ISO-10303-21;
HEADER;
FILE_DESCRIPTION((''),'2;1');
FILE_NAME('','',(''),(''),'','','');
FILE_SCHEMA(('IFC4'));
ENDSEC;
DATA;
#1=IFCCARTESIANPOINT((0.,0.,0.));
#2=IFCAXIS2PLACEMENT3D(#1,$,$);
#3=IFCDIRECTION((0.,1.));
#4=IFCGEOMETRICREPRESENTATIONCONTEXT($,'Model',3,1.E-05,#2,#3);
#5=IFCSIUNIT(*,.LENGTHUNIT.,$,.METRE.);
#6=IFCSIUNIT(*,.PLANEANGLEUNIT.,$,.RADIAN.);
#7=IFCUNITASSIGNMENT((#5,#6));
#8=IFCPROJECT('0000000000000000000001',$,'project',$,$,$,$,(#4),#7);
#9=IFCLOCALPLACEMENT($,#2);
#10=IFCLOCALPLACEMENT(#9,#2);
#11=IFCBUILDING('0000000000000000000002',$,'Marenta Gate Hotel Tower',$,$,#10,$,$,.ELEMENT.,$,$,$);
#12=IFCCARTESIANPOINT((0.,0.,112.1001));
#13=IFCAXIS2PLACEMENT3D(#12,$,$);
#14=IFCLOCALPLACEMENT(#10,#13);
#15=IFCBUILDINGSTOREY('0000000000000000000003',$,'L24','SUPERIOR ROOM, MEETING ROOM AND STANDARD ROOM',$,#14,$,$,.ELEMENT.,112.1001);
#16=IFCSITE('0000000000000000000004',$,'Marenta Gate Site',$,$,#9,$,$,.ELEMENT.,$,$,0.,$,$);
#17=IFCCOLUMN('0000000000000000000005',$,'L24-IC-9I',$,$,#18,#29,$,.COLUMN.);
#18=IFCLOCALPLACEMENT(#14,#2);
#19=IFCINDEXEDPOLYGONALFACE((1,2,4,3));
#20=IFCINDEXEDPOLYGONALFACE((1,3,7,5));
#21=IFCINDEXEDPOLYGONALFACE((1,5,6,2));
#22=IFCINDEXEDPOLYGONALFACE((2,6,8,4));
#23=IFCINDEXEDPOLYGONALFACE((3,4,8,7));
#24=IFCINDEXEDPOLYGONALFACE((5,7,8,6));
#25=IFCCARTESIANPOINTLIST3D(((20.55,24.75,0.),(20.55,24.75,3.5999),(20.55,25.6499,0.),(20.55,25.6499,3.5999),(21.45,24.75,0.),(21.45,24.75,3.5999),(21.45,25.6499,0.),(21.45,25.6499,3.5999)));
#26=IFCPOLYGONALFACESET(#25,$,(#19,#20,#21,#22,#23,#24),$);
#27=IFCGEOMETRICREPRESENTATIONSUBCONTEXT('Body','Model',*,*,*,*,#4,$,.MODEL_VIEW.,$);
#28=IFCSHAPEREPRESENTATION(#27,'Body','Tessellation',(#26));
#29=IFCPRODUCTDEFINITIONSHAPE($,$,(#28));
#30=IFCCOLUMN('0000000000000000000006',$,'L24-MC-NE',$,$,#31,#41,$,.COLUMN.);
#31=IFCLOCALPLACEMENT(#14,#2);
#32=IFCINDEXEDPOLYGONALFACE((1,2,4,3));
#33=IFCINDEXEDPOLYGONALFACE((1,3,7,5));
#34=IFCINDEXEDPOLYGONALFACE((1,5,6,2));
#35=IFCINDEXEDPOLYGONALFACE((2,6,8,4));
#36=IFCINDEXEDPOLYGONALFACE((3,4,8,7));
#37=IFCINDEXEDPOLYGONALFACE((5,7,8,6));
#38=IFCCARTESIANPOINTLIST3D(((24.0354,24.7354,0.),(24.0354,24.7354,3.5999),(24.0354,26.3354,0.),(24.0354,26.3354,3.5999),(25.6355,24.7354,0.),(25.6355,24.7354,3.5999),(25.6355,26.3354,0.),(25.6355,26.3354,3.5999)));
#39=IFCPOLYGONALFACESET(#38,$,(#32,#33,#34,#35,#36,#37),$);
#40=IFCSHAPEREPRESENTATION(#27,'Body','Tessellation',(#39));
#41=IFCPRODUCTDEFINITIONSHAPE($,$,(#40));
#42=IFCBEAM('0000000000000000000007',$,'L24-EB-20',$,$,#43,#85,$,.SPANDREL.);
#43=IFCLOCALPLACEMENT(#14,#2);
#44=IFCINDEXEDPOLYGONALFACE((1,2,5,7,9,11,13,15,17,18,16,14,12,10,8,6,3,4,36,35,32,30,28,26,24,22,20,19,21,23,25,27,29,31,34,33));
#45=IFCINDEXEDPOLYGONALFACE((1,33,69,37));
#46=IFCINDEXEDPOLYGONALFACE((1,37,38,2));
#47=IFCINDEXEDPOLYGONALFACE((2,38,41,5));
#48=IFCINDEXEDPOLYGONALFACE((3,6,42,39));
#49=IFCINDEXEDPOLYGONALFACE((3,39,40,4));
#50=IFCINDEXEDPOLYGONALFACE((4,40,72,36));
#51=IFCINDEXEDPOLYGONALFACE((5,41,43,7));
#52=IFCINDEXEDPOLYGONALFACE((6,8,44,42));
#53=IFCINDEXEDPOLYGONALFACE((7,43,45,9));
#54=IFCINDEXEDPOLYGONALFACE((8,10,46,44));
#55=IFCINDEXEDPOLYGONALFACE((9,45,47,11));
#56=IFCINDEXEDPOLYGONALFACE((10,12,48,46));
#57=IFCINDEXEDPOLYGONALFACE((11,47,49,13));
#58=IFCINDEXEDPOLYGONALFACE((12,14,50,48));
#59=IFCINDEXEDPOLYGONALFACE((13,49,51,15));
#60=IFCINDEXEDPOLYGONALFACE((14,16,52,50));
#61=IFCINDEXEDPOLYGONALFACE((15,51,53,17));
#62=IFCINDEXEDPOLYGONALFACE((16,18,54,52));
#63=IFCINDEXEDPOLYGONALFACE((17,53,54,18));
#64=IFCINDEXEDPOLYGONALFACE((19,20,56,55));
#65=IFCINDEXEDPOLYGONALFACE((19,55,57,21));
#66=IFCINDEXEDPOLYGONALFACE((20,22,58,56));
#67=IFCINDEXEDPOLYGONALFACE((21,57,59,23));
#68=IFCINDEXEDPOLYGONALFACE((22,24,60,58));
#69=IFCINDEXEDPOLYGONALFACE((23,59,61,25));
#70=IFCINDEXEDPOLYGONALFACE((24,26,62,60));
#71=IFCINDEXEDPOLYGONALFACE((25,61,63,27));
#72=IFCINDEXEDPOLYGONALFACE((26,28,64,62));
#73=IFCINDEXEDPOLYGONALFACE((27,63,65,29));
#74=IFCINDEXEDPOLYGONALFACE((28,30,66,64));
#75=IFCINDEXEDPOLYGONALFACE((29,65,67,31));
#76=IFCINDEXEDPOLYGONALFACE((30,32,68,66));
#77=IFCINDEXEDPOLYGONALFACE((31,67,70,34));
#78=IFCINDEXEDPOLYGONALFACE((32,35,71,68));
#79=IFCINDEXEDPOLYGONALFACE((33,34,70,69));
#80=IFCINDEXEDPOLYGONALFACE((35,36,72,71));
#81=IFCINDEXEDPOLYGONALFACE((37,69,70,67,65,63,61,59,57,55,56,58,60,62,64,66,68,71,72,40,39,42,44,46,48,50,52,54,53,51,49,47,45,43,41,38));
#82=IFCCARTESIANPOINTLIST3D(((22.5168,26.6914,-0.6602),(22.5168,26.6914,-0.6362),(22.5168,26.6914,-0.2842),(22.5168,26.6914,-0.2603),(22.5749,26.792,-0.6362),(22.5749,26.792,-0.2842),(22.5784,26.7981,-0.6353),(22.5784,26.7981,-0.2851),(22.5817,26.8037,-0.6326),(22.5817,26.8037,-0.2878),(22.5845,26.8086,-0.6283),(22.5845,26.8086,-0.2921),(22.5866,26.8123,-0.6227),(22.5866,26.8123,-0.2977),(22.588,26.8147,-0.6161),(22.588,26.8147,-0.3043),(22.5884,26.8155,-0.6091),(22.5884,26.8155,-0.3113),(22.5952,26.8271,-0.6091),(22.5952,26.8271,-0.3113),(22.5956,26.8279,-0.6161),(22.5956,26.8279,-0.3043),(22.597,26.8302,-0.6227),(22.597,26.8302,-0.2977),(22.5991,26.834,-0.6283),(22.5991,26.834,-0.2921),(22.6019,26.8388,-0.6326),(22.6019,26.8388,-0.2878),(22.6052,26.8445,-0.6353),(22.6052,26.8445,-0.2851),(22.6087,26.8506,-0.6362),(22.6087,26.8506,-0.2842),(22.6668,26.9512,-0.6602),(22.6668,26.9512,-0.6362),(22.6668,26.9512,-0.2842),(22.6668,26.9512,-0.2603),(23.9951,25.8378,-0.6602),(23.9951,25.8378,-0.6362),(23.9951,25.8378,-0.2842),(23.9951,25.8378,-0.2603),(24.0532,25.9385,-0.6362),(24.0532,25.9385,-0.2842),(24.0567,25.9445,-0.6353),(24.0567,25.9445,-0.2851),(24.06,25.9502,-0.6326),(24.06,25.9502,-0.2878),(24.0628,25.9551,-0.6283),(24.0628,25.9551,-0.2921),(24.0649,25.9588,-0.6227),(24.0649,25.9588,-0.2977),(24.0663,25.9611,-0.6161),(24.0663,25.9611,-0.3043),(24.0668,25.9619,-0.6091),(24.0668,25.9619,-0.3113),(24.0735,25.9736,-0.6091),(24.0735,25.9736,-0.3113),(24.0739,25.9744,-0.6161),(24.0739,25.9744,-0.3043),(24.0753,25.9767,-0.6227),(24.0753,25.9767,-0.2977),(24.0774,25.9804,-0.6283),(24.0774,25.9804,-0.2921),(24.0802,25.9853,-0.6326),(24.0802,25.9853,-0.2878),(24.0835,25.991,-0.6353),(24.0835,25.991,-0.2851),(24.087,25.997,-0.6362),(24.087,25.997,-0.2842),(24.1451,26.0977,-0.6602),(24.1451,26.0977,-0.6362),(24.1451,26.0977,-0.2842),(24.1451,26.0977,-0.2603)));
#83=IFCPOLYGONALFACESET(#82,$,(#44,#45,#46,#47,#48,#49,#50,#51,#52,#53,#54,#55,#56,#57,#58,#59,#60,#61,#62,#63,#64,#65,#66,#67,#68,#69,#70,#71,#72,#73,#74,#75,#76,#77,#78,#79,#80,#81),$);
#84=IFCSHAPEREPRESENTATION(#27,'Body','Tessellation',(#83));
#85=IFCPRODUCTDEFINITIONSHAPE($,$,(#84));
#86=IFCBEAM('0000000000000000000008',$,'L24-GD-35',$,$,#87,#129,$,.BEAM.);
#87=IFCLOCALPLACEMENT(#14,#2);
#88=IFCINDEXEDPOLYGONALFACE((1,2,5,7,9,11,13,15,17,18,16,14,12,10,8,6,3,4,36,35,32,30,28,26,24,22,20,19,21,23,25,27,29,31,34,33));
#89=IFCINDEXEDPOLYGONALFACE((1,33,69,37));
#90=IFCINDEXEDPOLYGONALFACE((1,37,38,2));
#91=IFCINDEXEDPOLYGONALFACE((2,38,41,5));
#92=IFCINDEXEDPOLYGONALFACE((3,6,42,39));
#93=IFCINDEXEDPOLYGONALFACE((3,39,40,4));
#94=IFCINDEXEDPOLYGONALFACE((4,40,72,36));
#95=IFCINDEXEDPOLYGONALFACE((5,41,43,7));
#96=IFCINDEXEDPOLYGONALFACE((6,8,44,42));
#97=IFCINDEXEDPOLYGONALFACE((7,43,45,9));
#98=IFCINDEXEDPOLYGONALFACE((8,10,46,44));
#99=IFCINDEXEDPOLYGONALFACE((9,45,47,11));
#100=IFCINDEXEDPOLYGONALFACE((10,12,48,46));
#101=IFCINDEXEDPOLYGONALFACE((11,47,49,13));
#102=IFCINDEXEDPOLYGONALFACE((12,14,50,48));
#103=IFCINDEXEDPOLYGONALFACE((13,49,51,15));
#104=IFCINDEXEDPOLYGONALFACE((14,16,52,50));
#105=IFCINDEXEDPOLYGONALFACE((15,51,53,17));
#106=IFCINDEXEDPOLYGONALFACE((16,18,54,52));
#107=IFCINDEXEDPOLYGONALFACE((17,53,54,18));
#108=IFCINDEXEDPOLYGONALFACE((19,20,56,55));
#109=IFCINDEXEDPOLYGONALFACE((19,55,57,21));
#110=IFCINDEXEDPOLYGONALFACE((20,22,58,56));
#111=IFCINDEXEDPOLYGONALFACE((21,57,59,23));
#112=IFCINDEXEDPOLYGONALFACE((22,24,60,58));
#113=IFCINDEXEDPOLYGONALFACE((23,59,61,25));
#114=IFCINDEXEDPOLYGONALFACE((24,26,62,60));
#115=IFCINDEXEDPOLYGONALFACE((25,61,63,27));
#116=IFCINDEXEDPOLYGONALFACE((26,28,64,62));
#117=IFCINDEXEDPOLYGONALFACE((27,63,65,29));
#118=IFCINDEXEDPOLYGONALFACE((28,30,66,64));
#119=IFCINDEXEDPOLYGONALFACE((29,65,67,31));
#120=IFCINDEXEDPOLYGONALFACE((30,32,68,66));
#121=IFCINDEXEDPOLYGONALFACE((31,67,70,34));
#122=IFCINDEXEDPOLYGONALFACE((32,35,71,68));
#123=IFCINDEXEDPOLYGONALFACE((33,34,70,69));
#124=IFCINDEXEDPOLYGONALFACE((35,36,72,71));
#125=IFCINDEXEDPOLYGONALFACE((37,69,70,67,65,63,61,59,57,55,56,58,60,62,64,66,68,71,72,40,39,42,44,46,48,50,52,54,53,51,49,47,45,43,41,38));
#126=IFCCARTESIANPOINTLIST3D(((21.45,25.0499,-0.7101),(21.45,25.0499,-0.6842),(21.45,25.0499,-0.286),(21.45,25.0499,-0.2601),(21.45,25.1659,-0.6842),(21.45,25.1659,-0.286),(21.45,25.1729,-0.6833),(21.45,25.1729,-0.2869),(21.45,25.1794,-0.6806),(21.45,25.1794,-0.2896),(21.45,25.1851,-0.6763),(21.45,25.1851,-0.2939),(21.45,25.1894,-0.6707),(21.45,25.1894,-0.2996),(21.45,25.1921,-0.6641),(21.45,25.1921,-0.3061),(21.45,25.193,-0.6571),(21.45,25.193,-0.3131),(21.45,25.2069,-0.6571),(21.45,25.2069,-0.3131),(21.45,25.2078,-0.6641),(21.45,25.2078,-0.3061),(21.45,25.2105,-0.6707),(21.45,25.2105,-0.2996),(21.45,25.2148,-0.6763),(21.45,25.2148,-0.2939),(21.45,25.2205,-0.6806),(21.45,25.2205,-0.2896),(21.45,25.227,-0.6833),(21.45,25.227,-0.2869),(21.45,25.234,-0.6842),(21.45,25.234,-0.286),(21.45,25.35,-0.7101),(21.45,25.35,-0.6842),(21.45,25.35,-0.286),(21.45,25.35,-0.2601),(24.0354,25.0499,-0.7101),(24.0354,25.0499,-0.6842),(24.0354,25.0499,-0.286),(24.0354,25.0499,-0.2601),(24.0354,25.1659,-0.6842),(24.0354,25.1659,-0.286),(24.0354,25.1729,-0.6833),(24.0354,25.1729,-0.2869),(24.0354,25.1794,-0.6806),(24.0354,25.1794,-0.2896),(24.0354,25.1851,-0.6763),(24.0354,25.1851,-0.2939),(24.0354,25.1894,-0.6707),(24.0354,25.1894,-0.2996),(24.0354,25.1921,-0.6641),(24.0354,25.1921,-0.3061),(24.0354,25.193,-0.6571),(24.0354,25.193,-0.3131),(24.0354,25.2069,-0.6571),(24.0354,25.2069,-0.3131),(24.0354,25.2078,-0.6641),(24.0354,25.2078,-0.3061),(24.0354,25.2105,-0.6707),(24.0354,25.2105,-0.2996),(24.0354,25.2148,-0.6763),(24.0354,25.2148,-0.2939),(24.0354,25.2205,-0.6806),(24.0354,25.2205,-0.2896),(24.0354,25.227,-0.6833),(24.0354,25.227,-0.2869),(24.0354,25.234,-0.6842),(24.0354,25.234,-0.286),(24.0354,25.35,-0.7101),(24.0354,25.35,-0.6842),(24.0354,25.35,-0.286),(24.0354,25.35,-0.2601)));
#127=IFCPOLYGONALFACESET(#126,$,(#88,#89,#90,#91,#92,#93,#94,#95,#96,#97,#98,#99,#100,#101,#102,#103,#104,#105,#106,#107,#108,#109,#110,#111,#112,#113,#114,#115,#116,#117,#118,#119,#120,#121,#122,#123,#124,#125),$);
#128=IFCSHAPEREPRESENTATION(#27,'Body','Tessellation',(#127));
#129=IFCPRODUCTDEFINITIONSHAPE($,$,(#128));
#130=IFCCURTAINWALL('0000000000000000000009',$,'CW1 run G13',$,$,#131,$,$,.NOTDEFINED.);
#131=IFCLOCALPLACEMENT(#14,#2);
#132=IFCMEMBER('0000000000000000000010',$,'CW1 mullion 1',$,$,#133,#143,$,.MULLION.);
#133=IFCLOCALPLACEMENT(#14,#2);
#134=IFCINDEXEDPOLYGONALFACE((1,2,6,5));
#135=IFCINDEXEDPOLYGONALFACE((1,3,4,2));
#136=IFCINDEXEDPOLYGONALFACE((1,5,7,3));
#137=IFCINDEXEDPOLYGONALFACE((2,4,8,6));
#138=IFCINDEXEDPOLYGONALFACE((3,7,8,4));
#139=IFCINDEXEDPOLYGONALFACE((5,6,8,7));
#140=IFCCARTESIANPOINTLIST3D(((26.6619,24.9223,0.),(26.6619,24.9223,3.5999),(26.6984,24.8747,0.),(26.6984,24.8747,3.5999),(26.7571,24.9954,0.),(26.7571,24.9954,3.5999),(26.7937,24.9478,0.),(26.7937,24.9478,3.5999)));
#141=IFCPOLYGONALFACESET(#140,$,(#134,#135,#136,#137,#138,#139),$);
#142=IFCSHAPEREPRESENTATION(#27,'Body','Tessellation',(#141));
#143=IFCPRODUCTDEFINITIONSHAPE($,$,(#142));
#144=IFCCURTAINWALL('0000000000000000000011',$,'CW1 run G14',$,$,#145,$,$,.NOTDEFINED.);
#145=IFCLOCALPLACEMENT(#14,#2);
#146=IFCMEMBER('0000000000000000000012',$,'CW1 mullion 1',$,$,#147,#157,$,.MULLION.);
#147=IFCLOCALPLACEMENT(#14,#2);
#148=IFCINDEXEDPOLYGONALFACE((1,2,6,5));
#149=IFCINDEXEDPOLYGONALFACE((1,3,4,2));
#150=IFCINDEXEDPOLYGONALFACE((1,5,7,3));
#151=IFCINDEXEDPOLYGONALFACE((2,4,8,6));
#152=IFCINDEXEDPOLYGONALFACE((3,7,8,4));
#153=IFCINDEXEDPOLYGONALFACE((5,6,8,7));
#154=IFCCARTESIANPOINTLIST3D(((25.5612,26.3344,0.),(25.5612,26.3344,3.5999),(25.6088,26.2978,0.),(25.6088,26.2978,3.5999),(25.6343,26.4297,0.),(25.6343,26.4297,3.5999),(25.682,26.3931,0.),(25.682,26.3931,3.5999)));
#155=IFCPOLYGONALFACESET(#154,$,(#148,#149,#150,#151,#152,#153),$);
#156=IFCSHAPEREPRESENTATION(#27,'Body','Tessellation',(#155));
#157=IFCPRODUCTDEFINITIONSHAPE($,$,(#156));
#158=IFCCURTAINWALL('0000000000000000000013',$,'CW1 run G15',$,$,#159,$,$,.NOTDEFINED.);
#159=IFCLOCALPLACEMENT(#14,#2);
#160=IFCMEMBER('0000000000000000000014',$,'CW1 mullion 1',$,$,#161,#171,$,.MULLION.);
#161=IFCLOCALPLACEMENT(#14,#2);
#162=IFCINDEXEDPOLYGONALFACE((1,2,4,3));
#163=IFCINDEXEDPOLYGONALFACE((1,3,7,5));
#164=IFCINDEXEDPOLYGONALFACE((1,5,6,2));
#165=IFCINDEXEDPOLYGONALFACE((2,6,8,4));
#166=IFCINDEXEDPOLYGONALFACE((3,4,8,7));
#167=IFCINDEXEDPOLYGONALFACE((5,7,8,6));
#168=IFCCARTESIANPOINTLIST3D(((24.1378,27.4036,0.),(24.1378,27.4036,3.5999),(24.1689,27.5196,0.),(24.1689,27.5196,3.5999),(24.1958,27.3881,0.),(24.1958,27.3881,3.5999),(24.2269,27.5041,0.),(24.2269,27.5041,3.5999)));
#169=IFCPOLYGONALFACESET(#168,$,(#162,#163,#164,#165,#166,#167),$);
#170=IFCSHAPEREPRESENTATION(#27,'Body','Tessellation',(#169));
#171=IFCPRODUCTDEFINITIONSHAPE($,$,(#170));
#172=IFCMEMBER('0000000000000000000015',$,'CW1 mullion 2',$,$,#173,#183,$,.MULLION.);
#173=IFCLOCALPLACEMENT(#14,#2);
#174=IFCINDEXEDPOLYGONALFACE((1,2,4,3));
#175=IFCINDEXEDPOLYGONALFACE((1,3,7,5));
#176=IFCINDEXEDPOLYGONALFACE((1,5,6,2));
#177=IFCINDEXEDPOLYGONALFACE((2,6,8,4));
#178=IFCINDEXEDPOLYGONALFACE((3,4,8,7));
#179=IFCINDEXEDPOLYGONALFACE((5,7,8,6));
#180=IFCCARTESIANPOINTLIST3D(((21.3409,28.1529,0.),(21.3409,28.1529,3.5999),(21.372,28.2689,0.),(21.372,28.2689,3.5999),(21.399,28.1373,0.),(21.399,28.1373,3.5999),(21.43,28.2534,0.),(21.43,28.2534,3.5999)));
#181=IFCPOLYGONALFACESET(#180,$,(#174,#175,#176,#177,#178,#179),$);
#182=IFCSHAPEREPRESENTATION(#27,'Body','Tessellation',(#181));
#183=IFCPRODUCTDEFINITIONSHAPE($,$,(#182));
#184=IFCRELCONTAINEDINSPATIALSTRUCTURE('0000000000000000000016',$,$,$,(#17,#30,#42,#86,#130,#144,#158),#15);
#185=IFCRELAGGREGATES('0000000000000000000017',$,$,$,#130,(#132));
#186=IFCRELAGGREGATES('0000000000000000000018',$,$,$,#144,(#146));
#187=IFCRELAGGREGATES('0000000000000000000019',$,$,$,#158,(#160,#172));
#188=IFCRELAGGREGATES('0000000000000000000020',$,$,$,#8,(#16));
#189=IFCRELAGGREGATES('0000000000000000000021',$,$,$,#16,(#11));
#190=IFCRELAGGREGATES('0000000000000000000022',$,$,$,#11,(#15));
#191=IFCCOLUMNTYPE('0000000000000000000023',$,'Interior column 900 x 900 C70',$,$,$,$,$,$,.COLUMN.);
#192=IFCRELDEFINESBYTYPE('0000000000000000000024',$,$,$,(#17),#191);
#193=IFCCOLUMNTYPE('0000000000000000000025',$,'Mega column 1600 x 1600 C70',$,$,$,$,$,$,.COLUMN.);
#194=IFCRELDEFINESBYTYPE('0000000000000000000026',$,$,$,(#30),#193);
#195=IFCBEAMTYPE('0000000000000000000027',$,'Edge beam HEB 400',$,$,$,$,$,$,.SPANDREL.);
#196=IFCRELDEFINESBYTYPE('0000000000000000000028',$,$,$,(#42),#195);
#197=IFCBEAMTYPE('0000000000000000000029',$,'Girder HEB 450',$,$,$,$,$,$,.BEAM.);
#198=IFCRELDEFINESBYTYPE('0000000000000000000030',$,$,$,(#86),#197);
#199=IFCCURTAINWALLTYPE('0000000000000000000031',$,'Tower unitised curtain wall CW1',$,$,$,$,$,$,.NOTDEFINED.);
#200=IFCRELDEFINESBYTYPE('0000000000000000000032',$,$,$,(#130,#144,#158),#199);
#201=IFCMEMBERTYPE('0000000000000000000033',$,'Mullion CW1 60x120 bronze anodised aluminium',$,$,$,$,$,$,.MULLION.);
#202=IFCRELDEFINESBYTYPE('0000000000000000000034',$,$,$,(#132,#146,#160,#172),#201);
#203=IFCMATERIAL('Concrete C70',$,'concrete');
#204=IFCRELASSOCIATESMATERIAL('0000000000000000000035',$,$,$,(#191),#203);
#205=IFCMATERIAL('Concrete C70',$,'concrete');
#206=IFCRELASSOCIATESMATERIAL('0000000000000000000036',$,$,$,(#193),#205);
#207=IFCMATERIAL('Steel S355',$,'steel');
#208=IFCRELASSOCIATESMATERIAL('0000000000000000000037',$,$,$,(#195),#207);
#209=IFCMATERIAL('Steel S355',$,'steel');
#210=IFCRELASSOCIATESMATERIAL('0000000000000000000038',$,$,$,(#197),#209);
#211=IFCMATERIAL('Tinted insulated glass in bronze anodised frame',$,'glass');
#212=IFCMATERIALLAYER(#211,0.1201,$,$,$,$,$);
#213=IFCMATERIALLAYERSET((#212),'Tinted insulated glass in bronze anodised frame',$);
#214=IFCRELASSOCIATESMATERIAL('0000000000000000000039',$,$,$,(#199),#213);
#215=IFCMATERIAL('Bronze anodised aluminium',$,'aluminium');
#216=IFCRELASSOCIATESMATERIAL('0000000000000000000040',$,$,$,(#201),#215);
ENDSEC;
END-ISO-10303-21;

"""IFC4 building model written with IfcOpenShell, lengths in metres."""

from ifc_helpers import new_model, si_unit, direction, frame, origin, origin_2d, place, context, subcontext, project, spatial, rectangle, i_section, extrude, material, layer, layer_set, material_profile, profile_set, type_object, element, aggregate, save


model = new_model("IFC4")

# Units and contexts
model_context = context("Model", 3, precision=1e-05, world=origin(), true_north=direction((0.0, 1.0)))
body_context = subcontext(model_context, "Body", "Model", "MODEL_VIEW")
ifc_project = project(units=[si_unit("LENGTHUNIT", "METRE"), si_unit("PLANEANGLEUNIT", "RADIAN")], contexts=[model_context])

# Site, building, storey
site_placement = place(None, origin())
site = spatial("IfcSite", under=ifc_project, at=site_placement, Name="Marenta Gate Site", CompositionType="ELEMENT", RefElevation=0.0)
building_placement = place(site_placement, origin())
building = spatial("IfcBuilding", under=site, at=building_placement, Name="Marenta Gate Hotel Tower", CompositionType="ELEMENT")
storey_placement = place(building_placement, frame((0.0, 0.0, 112.1001)))
storey = spatial("IfcBuildingStorey", under=building, at=storey_placement, Name="L24", Description="SUPERIOR ROOM, MEETING ROOM AND STANDARD ROOM", CompositionType="ELEMENT", Elevation=112.1001)

# Columns
ifc_material_1 = material(Name="Concrete C70", Category="concrete")
ifc_material_profile_1 = material_profile(ifc_material_1, rectangle(XDim=0.8999, YDim=0.8999, at=origin_2d()), Name="900 x 900")
ifc_profile_set_1 = profile_set([ifc_material_profile_1], Name="Concrete C70")
column_type_1 = type_object("IfcColumnType", Name="Interior column 900 x 900 C70", PredefinedType="COLUMN", material=ifc_profile_set_1)
column_1_placement = place(storey_placement, frame((21.0, 25.2, 0.0), z_axis=(0.0, 0.0, 1.0), x_axis=(1.0, 0.0, 0.0)))
element("IfcColumn", 1, at=column_1_placement, inside=storey, type_object=column_type_1, Name="L24-IC-9I", PredefinedType="COLUMN", context=body_context, shape_type="SweptSolid", body=[
    extrude(rectangle(XDim=0.8999, YDim=0.8999, at=origin_2d()), origin(), (0.0, 0.0, 1.0), 3.5999),
])
ifc_material_2 = material(Name="Concrete C70", Category="concrete")
ifc_material_profile_2 = material_profile(ifc_material_2, rectangle(XDim=1.6001, YDim=1.6001, at=origin_2d()), Name="1600 x 1600")
ifc_profile_set_2 = profile_set([ifc_material_profile_2], Name="Concrete C70")
column_type_2 = type_object("IfcColumnType", Name="Mega column 1600 x 1600 C70", PredefinedType="COLUMN", material=ifc_profile_set_2)
column_2_placement = place(storey_placement, frame((24.8354, 25.5354, 0.0), z_axis=(0.0, 0.0, 1.0), x_axis=(1.0, 0.0, 0.0)))
element("IfcColumn", 2, at=column_2_placement, inside=storey, type_object=column_type_2, Name="L24-MC-NE", PredefinedType="COLUMN", context=body_context, shape_type="SweptSolid", body=[
    extrude(rectangle(XDim=1.6001, YDim=1.6001, at=origin_2d()), origin(), (0.0, 0.0, 1.0), 3.5999),
])

# Beams
ifc_material_3 = material(Name="Steel S355", Category="steel")
ifc_material_profile_3 = material_profile(ifc_material_3, i_section(OverallWidth=0.3, OverallDepth=0.3999, WebThickness=0.0134, FlangeThickness=0.0239, FilletRadius=0.0271, at=origin_2d()), Name="HEB 400")
ifc_profile_set_3 = profile_set([ifc_material_profile_3], Name="Steel S355")
beam_type_1 = type_object("IfcBeamType", Name="Edge beam HEB 400", PredefinedType="SPANDREL", material=ifc_profile_set_3)
beam_1_placement = place(storey_placement, frame((22.5918, 26.8213, -0.4602), z_axis=(0.866016, -0.500015, 0.0), x_axis=(0.500015, 0.866016, 0.0)))
element("IfcBeam", 3, at=beam_1_placement, inside=storey, type_object=beam_type_1, Name="L24-EB-20", PredefinedType="SPANDREL", context=body_context, shape_type="SweptSolid", body=[
    extrude(i_section(OverallWidth=0.3, OverallDepth=0.3999, WebThickness=0.0134, FlangeThickness=0.0239, FilletRadius=0.0271, at=origin_2d()), origin(), (0.0, 0.0, 1.0), 1.707),
])
ifc_material_4 = material(Name="Steel S355", Category="steel")
ifc_material_profile_4 = material_profile(ifc_material_4, i_section(OverallWidth=0.3, OverallDepth=0.45, WebThickness=0.0139, FlangeThickness=0.0259, FilletRadius=0.0271, at=origin_2d()), Name="HEB 450")
ifc_profile_set_4 = profile_set([ifc_material_profile_4], Name="Steel S355")
beam_type_2 = type_object("IfcBeamType", Name="Girder HEB 450", PredefinedType="BEAM", material=ifc_profile_set_4)
beam_2_placement = place(storey_placement, frame((21.45, 25.2, -0.4851), z_axis=(1.0, 0.0, 0.0), x_axis=(0.0, 1.0, 0.0)))
element("IfcBeam", 4, at=beam_2_placement, inside=storey, type_object=beam_type_2, Name="L24-GD-35", PredefinedType="BEAM", context=body_context, shape_type="SweptSolid", body=[
    extrude(i_section(OverallWidth=0.3, OverallDepth=0.45, WebThickness=0.0139, FlangeThickness=0.0259, FilletRadius=0.0271, at=origin_2d()), origin(), (0.0, 0.0, 1.0), 2.5854),
])

# Curtain walls, members
ifc_material_5 = material(Name="Tinted insulated glass in bronze anodised frame", Category="glass")
ifc_layer_1 = layer(ifc_material_5, 0.1201)
ifc_layer_set_1 = layer_set([ifc_layer_1], Name="Tinted insulated glass in bronze anodised frame")
curtain_wall_type = type_object("IfcCurtainWallType", Name="Tower unitised curtain wall CW1", PredefinedType="NOTDEFINED", material=ifc_layer_set_1)
curtain_wall_1_placement = place(storey_placement, origin())
curtain_wall_1 = element("IfcCurtainWall", 5, at=curtain_wall_1_placement, inside=storey, type_object=curtain_wall_type, Name="CW1 run G13", PredefinedType="NOTDEFINED")
ifc_material_6 = material(Name="Bronze anodised aluminium", Category="aluminium")
ifc_material_profile_5 = material_profile(ifc_material_6, rectangle(XDim=0.1201, YDim=0.0601, at=origin_2d()), Name="Mullion CW1 60x120 bronze anodised aluminium")
ifc_profile_set_5 = profile_set([ifc_material_profile_5], Name="Bronze anodised aluminium")
member_type_1 = type_object("IfcMemberType", Name="Mullion CW1 60x120 bronze anodised aluminium", PredefinedType="MULLION", material=ifc_profile_set_5)
member_1_placement = place(storey_placement, frame((26.7278, 24.9351, 0.0), z_axis=(0.0, 0.0, 1.0), x_axis=(-0.793327, -0.608796, 0.0)))
member_1 = element("IfcMember", 6, at=member_1_placement, type_object=member_type_1, Name="CW1 mullion 1", PredefinedType="MULLION", context=body_context, shape_type="SweptSolid", body=[
    extrude(rectangle(XDim=0.1201, YDim=0.0601, at=origin_2d()), origin(), (0.0, 0.0, 1.0), 3.5999),
])
curtain_wall_2_placement = place(storey_placement, origin())
curtain_wall_2 = element("IfcCurtainWall", 7, at=curtain_wall_2_placement, inside=storey, type_object=curtain_wall_type, Name="CW1 run G14", PredefinedType="NOTDEFINED")
member_2_placement = place(storey_placement, frame((25.6216, 26.3638, 0.0), z_axis=(0.0, 0.0, 1.0), x_axis=(-0.608796, -0.793327, 0.0)))
member_2 = element("IfcMember", 8, at=member_2_placement, type_object=member_type_1, Name="CW1 mullion 1", PredefinedType="MULLION", context=body_context, shape_type="SweptSolid", body=[
    extrude(rectangle(XDim=0.1201, YDim=0.0601, at=origin_2d()), origin(), (0.0, 0.0, 1.0), 3.5999),
])

# Curtain wall, members
curtain_wall_3_placement = place(storey_placement, origin())
curtain_wall_3 = element("IfcCurtainWall", 9, at=curtain_wall_3_placement, inside=storey, type_object=curtain_wall_type, Name="CW1 run G15", PredefinedType="NOTDEFINED")
member_3_placement = place(storey_placement, frame((24.1824, 27.4539, 0.0), z_axis=(0.0, 0.0, 1.0), x_axis=(-0.258806, -0.965929, 0.0)))
member_3 = element("IfcMember", 10, at=member_3_placement, type_object=member_type_1, Name="CW1 mullion 1", PredefinedType="MULLION", context=body_context, shape_type="SweptSolid", body=[
    extrude(rectangle(XDim=0.1201, YDim=0.0601, at=origin_2d()), origin(), (0.0, 0.0, 1.0), 3.5999),
])
member_4_placement = place(storey_placement, frame((21.3855, 28.2031, 0.0), z_axis=(0.0, 0.0, 1.0), x_axis=(-0.258806, -0.965929, 0.0)))
member_4 = element("IfcMember", 11, at=member_4_placement, type_object=member_type_1, Name="CW1 mullion 2", PredefinedType="MULLION", context=body_context, shape_type="SweptSolid", body=[
    extrude(rectangle(XDim=0.1201, YDim=0.0601, at=origin_2d()), origin(), (0.0, 0.0, 1.0), 3.5999),
])

aggregate(curtain_wall_1, [member_1])
aggregate(curtain_wall_2, [member_2])
aggregate(curtain_wall_3, [member_3, member_4])

save(model, "model.ifc")
